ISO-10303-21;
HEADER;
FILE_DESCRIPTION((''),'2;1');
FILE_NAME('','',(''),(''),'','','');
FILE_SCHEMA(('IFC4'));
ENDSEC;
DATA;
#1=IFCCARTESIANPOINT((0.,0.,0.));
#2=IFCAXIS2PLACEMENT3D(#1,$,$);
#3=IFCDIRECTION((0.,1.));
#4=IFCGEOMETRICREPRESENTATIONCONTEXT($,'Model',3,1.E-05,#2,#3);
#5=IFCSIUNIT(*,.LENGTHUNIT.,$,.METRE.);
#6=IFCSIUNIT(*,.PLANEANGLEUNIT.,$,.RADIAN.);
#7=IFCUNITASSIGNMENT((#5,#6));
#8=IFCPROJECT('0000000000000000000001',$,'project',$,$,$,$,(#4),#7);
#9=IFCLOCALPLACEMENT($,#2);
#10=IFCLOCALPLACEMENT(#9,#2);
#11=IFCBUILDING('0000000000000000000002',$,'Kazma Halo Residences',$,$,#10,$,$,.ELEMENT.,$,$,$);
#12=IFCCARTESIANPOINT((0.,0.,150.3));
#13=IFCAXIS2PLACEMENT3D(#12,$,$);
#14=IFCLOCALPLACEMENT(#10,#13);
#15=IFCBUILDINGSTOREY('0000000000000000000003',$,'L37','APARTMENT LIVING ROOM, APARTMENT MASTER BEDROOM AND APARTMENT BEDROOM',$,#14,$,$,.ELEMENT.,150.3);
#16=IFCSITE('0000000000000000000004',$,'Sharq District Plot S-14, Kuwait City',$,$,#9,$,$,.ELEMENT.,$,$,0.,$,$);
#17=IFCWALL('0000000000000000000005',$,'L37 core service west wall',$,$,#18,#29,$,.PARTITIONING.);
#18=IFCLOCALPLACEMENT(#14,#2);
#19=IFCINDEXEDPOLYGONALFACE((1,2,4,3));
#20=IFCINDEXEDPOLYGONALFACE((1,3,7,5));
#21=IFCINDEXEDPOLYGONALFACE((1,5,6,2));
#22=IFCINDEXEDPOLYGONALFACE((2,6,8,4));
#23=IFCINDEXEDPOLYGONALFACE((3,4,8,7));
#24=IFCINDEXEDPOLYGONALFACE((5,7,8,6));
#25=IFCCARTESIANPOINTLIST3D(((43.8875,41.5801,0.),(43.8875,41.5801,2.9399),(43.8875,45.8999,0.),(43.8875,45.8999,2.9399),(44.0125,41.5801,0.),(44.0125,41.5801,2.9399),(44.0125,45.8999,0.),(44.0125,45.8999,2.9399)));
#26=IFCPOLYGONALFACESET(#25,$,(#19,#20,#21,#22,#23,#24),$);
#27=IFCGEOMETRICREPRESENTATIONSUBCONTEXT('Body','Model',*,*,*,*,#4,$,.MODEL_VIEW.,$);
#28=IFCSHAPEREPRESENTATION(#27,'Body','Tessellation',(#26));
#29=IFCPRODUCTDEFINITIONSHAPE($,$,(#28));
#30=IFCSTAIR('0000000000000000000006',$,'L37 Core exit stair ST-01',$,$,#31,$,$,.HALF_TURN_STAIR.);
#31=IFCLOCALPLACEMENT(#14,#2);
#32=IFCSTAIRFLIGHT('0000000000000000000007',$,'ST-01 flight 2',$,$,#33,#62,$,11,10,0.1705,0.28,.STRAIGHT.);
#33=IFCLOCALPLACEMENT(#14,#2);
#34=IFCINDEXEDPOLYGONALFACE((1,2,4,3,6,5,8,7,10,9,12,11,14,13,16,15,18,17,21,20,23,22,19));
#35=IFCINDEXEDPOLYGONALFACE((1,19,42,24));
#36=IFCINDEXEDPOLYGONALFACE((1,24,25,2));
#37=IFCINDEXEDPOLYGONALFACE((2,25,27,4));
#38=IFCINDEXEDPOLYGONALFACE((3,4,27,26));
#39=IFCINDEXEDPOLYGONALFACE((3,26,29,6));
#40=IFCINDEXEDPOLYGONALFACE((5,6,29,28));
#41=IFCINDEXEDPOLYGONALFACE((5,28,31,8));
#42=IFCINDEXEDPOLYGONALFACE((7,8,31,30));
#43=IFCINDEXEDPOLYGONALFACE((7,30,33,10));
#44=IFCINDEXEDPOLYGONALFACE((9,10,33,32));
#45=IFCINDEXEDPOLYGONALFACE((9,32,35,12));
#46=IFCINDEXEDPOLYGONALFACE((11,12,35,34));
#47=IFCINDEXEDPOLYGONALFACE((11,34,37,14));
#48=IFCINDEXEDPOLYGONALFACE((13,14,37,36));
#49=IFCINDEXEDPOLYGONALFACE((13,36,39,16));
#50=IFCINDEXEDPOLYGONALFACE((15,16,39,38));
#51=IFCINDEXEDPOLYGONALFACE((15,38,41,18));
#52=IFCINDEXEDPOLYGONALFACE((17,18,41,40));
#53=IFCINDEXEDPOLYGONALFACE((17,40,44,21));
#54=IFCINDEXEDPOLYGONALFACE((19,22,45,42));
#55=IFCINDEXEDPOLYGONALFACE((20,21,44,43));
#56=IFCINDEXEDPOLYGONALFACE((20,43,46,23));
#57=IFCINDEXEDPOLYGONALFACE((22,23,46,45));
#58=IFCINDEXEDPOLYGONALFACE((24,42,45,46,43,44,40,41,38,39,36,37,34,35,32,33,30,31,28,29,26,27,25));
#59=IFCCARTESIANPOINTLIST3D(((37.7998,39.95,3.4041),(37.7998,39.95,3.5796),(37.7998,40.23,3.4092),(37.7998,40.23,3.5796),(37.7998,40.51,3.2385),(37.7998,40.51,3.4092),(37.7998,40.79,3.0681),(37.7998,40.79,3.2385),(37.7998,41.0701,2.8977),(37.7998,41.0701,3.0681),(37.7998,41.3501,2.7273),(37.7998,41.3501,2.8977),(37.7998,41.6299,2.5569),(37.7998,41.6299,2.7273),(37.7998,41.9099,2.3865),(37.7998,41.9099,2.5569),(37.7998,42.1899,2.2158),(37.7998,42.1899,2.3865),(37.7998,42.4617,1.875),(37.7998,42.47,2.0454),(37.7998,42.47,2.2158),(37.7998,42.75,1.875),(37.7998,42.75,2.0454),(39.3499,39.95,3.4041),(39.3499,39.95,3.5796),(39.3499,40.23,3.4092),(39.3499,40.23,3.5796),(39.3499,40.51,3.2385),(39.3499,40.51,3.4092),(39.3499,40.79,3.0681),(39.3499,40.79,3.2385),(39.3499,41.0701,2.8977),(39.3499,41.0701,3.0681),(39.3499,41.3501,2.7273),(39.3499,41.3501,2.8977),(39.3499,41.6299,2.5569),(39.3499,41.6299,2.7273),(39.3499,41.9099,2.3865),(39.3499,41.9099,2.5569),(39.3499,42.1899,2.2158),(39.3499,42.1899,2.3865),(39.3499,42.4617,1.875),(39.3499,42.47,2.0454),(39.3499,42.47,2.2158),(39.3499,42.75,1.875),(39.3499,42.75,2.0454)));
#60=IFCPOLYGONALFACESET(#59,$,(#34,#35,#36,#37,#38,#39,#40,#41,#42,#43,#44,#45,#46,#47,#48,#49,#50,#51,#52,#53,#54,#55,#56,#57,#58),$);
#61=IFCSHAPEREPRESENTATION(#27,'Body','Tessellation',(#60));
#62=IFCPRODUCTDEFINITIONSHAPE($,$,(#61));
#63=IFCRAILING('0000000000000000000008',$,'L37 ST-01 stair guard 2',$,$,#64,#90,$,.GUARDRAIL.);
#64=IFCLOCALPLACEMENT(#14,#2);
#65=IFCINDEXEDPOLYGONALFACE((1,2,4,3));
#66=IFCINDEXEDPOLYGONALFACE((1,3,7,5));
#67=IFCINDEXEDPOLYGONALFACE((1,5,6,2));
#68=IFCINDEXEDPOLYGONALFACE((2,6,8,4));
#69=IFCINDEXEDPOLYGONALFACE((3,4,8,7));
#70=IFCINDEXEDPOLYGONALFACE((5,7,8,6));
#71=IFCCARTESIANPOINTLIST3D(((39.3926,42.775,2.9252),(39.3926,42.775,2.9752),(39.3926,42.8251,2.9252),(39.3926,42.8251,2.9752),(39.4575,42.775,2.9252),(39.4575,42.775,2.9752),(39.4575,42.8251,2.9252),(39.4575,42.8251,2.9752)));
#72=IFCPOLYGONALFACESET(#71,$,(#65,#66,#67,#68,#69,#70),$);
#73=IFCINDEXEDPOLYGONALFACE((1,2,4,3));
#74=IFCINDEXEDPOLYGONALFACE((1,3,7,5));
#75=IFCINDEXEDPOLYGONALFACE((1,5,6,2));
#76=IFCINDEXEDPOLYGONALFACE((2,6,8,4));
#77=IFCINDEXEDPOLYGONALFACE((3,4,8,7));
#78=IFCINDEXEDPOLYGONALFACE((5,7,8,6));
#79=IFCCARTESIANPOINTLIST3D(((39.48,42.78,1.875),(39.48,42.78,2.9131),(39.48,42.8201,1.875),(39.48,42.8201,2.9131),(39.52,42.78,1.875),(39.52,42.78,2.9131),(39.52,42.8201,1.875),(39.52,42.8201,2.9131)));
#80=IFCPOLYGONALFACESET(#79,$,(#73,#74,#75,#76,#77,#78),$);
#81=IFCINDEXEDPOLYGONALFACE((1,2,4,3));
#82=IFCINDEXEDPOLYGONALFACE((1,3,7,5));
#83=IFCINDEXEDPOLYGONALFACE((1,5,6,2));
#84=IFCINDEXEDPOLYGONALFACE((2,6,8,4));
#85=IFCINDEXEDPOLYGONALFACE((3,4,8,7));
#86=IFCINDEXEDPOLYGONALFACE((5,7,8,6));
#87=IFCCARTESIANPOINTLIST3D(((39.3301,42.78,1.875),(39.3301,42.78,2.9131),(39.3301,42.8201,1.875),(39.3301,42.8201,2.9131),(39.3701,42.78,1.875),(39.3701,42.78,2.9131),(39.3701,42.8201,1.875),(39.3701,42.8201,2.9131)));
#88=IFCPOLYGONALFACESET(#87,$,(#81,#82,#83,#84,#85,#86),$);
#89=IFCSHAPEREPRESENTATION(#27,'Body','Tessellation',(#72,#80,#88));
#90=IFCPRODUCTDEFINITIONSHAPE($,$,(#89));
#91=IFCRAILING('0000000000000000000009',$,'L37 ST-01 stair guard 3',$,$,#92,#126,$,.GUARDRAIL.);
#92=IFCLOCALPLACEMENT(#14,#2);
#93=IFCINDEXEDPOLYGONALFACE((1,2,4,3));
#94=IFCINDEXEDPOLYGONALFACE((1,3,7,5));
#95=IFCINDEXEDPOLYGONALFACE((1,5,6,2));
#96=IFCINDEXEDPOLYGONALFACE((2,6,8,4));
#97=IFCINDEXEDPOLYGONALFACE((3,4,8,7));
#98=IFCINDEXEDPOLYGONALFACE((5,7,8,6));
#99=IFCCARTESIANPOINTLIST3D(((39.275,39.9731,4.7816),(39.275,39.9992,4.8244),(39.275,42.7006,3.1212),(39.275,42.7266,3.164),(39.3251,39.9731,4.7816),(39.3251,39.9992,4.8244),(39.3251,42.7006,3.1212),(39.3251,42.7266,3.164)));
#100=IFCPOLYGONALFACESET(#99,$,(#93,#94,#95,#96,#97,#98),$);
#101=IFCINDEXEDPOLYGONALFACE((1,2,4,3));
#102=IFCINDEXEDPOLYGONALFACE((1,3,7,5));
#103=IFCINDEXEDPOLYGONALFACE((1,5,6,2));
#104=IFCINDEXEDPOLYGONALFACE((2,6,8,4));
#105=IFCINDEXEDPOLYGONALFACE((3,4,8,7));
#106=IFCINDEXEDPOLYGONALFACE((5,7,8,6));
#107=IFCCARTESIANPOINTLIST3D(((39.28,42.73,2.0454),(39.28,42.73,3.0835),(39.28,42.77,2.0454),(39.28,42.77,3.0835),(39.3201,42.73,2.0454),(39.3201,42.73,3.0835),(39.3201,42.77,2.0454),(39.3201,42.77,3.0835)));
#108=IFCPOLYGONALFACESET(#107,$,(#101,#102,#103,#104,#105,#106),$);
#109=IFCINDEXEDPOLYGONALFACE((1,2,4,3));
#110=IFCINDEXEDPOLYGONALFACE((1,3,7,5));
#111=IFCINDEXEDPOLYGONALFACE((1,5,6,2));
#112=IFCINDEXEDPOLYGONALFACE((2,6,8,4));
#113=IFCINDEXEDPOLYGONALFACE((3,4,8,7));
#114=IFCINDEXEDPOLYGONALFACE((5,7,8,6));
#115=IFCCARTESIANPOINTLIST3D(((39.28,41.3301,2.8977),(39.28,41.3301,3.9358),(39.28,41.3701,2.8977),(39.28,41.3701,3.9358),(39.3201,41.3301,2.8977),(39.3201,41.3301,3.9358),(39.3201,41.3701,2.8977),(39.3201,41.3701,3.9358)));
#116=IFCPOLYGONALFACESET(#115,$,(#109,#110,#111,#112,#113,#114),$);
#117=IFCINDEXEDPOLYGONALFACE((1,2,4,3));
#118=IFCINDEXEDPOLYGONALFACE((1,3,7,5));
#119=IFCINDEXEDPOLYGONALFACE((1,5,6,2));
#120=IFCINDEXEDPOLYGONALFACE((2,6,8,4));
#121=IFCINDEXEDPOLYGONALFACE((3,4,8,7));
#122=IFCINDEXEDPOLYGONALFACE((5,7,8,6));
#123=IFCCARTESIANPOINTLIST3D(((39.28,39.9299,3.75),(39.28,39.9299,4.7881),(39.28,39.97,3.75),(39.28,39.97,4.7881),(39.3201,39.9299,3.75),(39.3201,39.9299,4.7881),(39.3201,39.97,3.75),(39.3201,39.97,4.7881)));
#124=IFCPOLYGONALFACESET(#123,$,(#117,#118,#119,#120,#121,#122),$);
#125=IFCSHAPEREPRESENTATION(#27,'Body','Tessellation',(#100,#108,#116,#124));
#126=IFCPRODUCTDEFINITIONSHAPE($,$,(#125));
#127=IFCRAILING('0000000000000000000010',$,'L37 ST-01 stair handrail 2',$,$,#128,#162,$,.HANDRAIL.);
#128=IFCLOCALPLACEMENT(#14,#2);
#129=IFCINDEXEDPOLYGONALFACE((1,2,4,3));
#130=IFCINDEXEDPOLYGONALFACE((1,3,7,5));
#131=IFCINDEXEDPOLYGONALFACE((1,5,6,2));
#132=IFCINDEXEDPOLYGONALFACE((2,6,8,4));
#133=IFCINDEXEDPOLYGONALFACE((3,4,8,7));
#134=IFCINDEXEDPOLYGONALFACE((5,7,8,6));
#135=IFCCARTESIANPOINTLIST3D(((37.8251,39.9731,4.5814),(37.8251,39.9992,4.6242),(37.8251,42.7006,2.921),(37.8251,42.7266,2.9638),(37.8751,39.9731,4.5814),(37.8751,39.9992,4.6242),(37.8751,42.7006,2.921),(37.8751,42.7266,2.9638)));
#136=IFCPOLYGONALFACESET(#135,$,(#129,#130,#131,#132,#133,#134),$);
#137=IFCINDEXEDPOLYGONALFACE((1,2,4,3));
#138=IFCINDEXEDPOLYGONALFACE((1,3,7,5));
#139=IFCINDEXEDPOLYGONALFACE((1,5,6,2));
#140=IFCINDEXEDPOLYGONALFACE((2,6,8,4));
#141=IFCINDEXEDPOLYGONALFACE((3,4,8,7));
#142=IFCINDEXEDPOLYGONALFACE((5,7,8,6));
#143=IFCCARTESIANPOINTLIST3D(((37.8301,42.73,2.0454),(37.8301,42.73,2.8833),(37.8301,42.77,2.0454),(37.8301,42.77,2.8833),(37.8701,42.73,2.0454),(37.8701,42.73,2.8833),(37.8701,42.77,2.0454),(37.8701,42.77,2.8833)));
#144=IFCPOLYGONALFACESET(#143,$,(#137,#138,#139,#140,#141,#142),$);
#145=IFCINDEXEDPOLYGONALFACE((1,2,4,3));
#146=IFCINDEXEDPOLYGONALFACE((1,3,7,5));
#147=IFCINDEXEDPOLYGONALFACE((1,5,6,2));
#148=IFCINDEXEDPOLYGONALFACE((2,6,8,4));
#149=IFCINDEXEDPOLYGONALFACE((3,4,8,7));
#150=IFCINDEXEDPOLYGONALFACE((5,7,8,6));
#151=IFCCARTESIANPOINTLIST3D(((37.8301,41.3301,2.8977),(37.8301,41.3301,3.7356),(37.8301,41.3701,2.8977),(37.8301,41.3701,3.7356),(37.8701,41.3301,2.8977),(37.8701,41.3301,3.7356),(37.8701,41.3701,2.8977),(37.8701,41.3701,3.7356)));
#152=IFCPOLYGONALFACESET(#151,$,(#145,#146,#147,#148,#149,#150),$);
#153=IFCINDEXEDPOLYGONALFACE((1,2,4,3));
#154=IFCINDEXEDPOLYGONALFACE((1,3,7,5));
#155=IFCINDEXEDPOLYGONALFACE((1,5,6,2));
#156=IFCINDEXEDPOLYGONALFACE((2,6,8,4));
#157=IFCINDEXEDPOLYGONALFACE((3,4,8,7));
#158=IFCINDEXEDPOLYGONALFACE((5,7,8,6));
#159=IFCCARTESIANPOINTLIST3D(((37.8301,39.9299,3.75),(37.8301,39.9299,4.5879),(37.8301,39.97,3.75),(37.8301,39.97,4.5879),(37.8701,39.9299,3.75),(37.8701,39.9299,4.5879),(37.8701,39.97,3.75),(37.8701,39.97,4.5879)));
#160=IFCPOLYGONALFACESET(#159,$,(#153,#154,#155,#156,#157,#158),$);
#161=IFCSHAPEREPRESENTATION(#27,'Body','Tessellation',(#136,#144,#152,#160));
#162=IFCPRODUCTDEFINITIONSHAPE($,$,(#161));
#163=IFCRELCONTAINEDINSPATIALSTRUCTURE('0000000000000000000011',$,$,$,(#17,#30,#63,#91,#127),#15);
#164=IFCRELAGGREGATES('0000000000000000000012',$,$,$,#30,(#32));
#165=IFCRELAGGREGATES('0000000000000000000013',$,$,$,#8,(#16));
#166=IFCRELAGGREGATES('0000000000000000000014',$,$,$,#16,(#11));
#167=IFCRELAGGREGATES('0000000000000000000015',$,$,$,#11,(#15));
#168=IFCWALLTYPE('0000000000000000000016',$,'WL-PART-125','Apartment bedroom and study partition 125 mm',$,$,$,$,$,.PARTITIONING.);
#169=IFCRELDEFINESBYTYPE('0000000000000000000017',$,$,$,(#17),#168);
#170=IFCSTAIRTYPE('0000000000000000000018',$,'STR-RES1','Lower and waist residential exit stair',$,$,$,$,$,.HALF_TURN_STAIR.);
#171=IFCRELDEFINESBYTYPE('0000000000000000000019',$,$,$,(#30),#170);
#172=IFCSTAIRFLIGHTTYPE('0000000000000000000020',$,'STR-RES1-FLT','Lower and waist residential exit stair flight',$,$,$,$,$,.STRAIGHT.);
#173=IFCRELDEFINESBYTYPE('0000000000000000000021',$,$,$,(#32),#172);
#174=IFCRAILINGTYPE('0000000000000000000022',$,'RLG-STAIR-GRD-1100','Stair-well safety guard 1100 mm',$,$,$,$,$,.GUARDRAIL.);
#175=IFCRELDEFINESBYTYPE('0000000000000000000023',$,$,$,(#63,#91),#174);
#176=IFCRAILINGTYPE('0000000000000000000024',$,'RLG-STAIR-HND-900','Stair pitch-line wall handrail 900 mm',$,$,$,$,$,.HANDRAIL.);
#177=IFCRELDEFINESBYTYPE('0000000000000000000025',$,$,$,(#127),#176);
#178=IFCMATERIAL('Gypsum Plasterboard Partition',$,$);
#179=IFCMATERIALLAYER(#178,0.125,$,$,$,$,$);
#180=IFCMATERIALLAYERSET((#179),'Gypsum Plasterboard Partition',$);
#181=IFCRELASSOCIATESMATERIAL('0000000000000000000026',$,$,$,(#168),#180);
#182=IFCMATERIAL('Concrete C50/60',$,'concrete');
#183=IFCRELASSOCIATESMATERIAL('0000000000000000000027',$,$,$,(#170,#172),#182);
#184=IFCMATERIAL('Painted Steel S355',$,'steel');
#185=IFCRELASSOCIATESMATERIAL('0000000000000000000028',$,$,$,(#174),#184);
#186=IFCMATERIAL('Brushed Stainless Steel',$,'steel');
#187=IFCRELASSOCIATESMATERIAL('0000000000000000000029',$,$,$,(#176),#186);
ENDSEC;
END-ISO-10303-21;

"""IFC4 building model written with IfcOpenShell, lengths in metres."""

from ifc_helpers import new_model, si_unit, direction, frame, frame_2d, origin, origin_2d, place, context, subcontext, project, spatial, polyline, rectangle, outline, extrude, material, layer, layer_set, type_object, element, aggregate, save


model = new_model("IFC4")

# Units and contexts
model_context = context("Model", 3, precision=1e-05, world=origin(), true_north=direction((0.0, 1.0)))
body_context = subcontext(model_context, "Body", "Model", "MODEL_VIEW")
ifc_project = project(units=[si_unit("LENGTHUNIT", "METRE"), si_unit("PLANEANGLEUNIT", "RADIAN")], contexts=[model_context])

# Site, building, storey
site_placement = place(None, origin())
site = spatial("IfcSite", under=ifc_project, at=site_placement, Name="Sharq District Plot S-14, Kuwait City", CompositionType="ELEMENT", RefElevation=0.0)
building_placement = place(site_placement, origin())
building = spatial("IfcBuilding", under=site, at=building_placement, Name="Kazma Halo Residences", CompositionType="ELEMENT")
storey_placement = place(building_placement, frame((0.0, 0.0, 150.3)))
storey = spatial("IfcBuildingStorey", under=building, at=storey_placement, Name="L37", Description="APARTMENT LIVING ROOM, APARTMENT MASTER BEDROOM AND APARTMENT BEDROOM", CompositionType="ELEMENT", Elevation=150.3)

# Wall
ifc_material_1 = material(Name="Gypsum Plasterboard Partition")
ifc_layer_1 = layer(ifc_material_1, 0.125)
ifc_layer_set_1 = layer_set([ifc_layer_1], Name="Gypsum Plasterboard Partition")
wall_type_1 = type_object("IfcWallType", Name="WL-PART-125", Description="Apartment bedroom and study partition 125 mm", PredefinedType="PARTITIONING", material=ifc_layer_set_1)
wall_1_placement = place(storey_placement, frame((43.95, 41.5801, 0.0), z_axis=(0.0, 0.0, 1.0), x_axis=(0.0, 1.0, 0.0)))
element("IfcWall", 1, at=wall_1_placement, inside=storey, type_object=wall_type_1, Name="L37 core service west wall", PredefinedType="PARTITIONING", context=body_context, shape_type="SweptSolid", body=[
    extrude(rectangle(XDim=4.3198, YDim=0.125, at=frame_2d((2.1599, 0.0))), origin(), (0.0, 0.0, 1.0), 2.9399),
])

# Stair, stair flight
ifc_material_2 = material(Name="Concrete C50/60", Category="concrete")
stair_type = type_object("IfcStairType", Name="STR-RES1", Description="Lower and waist residential exit stair", PredefinedType="HALF_TURN_STAIR", material=ifc_material_2)
stair_placement = place(storey_placement, origin())
stair = element("IfcStair", 2, at=stair_placement, inside=storey, type_object=stair_type, Name="L37 Core exit stair ST-01", PredefinedType="HALF_TURN_STAIR")
stair_flight_type = type_object("IfcStairFlightType", Name="STR-RES1-FLT", Description="Lower and waist residential exit stair flight", PredefinedType="STRAIGHT", material=ifc_material_2)
stair_flight_placement = place(storey_placement, frame((38.575, 42.75, 1.875), z_axis=(0.0, 0.0, 1.0), x_axis=(0.0, -1.0, 0.0)))
stair_flight = element("IfcStairFlight", 3, at=stair_flight_placement, type_object=stair_flight_type, Name="ST-01 flight 2", NumberOfRisers=11, NumberOfTreads=10, PredefinedType="STRAIGHT", RiserHeight=0.1705, TreadLength=0.28, context=body_context, shape_type="SweptSolid", body=[
    extrude(outline(polyline([(0.0, 0.0), (0.0, 0.1704), (0.28, 0.1704), (0.28, 0.3408), (0.5601, 0.3408), (0.5601, 0.5115), (0.8401, 0.5115), (0.8401, 0.6819), (1.1201, 0.6819), (1.1201, 0.8523), (1.3999, 0.8523), (1.3999, 1.0227), (1.6799, 1.0227), (1.6799, 1.1931), (1.96, 1.1931), (1.96, 1.3635), (2.24, 1.3635), (2.24, 1.5342), (2.52, 1.5342), (2.52, 1.7046), (2.8, 1.7046), (2.8, 1.875), (2.8, 1.5291), (0.2883, 0.0), (0.0, 0.0)])), frame((0.0, 0.7749, 0.0), z_axis=(0.0, -1.0, 0.0), x_axis=(1.0, 0.0, 0.0)), (0.0, 0.0, 1.0), 1.55),
])
aggregate(stair, [stair_flight])

# Railings
ifc_material_3 = material(Name="Painted Steel S355", Category="steel")
railing_type_1 = type_object("IfcRailingType", Name="RLG-STAIR-GRD-1100", Description="Stair-well safety guard 1100 mm", PredefinedType="GUARDRAIL", material=ifc_material_3)
railing_1_placement = place(storey_placement, frame((39.5, 42.8, 1.875)))
element("IfcRailing", 4, at=railing_1_placement, inside=storey, type_object=railing_type_1, Name="L37 ST-01 stair guard 2", PredefinedType="GUARDRAIL", context=body_context, shape_type="SweptSolid", body=[
    extrude(rectangle(XDim=0.05, YDim=0.05, at=origin_2d()), frame((-0.0425, 0.0, 1.0752), z_axis=(-1.0, 0.0, 0.0), x_axis=(0.0, -1.0, 0.0)), (0.0, 0.0, 1.0), 0.0649),
    extrude(rectangle(XDim=0.04, YDim=0.04, at=origin_2d()), origin(), (0.0, 0.0, 1.0), 1.0381),
    extrude(rectangle(XDim=0.04, YDim=0.04, at=origin_2d()), frame((-0.1499, 0.0, 0.0)), (0.0, 0.0, 1.0), 1.0381),
])
railing_2_placement = place(storey_placement, frame((39.3, 42.75, 2.0454)))
element("IfcRailing", 5, at=railing_2_placement, inside=storey, type_object=railing_type_1, Name="L37 ST-01 stair guard 3", PredefinedType="GUARDRAIL", context=body_context, shape_type="SweptSolid", body=[
    extrude(rectangle(XDim=0.05, YDim=0.05, at=origin_2d()), frame((0.0, -0.0364, 1.0972), z_axis=(0.0, -0.85417, 0.519994), x_axis=(1.0, 0.0, 0.0)), (0.0, 0.0, 1.0), 3.1931),
    extrude(rectangle(XDim=0.04, YDim=0.04, at=origin_2d()), origin(), (0.0, 0.0, 1.0), 1.0381),
    extrude(rectangle(XDim=0.04, YDim=0.04, at=origin_2d()), frame((0.0, -1.3999, 0.8523)), (0.0, 0.0, 1.0), 1.0381),
    extrude(rectangle(XDim=0.04, YDim=0.04, at=origin_2d()), frame((0.0, -2.8, 1.7046)), (0.0, 0.0, 1.0), 1.0381),
])
ifc_material_4 = material(Name="Brushed Stainless Steel", Category="steel")
railing_type_2 = type_object("IfcRailingType", Name="RLG-STAIR-HND-900", Description="Stair pitch-line wall handrail 900 mm", PredefinedType="HANDRAIL", material=ifc_material_4)
railing_3_placement = place(storey_placement, frame((37.8501, 42.75, 2.0454)))
element("IfcRailing", 6, at=railing_3_placement, inside=storey, type_object=railing_type_2, Name="L37 ST-01 stair handrail 2", PredefinedType="HANDRAIL", context=body_context, shape_type="SweptSolid", body=[
    extrude(rectangle(XDim=0.05, YDim=0.05, at=origin_2d()), frame((0.0, -0.0364, 0.897), z_axis=(0.0, -0.85417, 0.519994), x_axis=(1.0, 0.0, 0.0)), (0.0, 0.0, 1.0), 3.1931),
    extrude(rectangle(XDim=0.04, YDim=0.04, at=origin_2d()), origin(), (0.0, 0.0, 1.0), 0.8379),
    extrude(rectangle(XDim=0.04, YDim=0.04, at=origin_2d()), frame((0.0, -1.3999, 0.8523)), (0.0, 0.0, 1.0), 0.8379),
    extrude(rectangle(XDim=0.04, YDim=0.04, at=origin_2d()), frame((0.0, -2.8, 1.7046)), (0.0, 0.0, 1.0), 0.8379),
])

save(model, "model.ifc")
